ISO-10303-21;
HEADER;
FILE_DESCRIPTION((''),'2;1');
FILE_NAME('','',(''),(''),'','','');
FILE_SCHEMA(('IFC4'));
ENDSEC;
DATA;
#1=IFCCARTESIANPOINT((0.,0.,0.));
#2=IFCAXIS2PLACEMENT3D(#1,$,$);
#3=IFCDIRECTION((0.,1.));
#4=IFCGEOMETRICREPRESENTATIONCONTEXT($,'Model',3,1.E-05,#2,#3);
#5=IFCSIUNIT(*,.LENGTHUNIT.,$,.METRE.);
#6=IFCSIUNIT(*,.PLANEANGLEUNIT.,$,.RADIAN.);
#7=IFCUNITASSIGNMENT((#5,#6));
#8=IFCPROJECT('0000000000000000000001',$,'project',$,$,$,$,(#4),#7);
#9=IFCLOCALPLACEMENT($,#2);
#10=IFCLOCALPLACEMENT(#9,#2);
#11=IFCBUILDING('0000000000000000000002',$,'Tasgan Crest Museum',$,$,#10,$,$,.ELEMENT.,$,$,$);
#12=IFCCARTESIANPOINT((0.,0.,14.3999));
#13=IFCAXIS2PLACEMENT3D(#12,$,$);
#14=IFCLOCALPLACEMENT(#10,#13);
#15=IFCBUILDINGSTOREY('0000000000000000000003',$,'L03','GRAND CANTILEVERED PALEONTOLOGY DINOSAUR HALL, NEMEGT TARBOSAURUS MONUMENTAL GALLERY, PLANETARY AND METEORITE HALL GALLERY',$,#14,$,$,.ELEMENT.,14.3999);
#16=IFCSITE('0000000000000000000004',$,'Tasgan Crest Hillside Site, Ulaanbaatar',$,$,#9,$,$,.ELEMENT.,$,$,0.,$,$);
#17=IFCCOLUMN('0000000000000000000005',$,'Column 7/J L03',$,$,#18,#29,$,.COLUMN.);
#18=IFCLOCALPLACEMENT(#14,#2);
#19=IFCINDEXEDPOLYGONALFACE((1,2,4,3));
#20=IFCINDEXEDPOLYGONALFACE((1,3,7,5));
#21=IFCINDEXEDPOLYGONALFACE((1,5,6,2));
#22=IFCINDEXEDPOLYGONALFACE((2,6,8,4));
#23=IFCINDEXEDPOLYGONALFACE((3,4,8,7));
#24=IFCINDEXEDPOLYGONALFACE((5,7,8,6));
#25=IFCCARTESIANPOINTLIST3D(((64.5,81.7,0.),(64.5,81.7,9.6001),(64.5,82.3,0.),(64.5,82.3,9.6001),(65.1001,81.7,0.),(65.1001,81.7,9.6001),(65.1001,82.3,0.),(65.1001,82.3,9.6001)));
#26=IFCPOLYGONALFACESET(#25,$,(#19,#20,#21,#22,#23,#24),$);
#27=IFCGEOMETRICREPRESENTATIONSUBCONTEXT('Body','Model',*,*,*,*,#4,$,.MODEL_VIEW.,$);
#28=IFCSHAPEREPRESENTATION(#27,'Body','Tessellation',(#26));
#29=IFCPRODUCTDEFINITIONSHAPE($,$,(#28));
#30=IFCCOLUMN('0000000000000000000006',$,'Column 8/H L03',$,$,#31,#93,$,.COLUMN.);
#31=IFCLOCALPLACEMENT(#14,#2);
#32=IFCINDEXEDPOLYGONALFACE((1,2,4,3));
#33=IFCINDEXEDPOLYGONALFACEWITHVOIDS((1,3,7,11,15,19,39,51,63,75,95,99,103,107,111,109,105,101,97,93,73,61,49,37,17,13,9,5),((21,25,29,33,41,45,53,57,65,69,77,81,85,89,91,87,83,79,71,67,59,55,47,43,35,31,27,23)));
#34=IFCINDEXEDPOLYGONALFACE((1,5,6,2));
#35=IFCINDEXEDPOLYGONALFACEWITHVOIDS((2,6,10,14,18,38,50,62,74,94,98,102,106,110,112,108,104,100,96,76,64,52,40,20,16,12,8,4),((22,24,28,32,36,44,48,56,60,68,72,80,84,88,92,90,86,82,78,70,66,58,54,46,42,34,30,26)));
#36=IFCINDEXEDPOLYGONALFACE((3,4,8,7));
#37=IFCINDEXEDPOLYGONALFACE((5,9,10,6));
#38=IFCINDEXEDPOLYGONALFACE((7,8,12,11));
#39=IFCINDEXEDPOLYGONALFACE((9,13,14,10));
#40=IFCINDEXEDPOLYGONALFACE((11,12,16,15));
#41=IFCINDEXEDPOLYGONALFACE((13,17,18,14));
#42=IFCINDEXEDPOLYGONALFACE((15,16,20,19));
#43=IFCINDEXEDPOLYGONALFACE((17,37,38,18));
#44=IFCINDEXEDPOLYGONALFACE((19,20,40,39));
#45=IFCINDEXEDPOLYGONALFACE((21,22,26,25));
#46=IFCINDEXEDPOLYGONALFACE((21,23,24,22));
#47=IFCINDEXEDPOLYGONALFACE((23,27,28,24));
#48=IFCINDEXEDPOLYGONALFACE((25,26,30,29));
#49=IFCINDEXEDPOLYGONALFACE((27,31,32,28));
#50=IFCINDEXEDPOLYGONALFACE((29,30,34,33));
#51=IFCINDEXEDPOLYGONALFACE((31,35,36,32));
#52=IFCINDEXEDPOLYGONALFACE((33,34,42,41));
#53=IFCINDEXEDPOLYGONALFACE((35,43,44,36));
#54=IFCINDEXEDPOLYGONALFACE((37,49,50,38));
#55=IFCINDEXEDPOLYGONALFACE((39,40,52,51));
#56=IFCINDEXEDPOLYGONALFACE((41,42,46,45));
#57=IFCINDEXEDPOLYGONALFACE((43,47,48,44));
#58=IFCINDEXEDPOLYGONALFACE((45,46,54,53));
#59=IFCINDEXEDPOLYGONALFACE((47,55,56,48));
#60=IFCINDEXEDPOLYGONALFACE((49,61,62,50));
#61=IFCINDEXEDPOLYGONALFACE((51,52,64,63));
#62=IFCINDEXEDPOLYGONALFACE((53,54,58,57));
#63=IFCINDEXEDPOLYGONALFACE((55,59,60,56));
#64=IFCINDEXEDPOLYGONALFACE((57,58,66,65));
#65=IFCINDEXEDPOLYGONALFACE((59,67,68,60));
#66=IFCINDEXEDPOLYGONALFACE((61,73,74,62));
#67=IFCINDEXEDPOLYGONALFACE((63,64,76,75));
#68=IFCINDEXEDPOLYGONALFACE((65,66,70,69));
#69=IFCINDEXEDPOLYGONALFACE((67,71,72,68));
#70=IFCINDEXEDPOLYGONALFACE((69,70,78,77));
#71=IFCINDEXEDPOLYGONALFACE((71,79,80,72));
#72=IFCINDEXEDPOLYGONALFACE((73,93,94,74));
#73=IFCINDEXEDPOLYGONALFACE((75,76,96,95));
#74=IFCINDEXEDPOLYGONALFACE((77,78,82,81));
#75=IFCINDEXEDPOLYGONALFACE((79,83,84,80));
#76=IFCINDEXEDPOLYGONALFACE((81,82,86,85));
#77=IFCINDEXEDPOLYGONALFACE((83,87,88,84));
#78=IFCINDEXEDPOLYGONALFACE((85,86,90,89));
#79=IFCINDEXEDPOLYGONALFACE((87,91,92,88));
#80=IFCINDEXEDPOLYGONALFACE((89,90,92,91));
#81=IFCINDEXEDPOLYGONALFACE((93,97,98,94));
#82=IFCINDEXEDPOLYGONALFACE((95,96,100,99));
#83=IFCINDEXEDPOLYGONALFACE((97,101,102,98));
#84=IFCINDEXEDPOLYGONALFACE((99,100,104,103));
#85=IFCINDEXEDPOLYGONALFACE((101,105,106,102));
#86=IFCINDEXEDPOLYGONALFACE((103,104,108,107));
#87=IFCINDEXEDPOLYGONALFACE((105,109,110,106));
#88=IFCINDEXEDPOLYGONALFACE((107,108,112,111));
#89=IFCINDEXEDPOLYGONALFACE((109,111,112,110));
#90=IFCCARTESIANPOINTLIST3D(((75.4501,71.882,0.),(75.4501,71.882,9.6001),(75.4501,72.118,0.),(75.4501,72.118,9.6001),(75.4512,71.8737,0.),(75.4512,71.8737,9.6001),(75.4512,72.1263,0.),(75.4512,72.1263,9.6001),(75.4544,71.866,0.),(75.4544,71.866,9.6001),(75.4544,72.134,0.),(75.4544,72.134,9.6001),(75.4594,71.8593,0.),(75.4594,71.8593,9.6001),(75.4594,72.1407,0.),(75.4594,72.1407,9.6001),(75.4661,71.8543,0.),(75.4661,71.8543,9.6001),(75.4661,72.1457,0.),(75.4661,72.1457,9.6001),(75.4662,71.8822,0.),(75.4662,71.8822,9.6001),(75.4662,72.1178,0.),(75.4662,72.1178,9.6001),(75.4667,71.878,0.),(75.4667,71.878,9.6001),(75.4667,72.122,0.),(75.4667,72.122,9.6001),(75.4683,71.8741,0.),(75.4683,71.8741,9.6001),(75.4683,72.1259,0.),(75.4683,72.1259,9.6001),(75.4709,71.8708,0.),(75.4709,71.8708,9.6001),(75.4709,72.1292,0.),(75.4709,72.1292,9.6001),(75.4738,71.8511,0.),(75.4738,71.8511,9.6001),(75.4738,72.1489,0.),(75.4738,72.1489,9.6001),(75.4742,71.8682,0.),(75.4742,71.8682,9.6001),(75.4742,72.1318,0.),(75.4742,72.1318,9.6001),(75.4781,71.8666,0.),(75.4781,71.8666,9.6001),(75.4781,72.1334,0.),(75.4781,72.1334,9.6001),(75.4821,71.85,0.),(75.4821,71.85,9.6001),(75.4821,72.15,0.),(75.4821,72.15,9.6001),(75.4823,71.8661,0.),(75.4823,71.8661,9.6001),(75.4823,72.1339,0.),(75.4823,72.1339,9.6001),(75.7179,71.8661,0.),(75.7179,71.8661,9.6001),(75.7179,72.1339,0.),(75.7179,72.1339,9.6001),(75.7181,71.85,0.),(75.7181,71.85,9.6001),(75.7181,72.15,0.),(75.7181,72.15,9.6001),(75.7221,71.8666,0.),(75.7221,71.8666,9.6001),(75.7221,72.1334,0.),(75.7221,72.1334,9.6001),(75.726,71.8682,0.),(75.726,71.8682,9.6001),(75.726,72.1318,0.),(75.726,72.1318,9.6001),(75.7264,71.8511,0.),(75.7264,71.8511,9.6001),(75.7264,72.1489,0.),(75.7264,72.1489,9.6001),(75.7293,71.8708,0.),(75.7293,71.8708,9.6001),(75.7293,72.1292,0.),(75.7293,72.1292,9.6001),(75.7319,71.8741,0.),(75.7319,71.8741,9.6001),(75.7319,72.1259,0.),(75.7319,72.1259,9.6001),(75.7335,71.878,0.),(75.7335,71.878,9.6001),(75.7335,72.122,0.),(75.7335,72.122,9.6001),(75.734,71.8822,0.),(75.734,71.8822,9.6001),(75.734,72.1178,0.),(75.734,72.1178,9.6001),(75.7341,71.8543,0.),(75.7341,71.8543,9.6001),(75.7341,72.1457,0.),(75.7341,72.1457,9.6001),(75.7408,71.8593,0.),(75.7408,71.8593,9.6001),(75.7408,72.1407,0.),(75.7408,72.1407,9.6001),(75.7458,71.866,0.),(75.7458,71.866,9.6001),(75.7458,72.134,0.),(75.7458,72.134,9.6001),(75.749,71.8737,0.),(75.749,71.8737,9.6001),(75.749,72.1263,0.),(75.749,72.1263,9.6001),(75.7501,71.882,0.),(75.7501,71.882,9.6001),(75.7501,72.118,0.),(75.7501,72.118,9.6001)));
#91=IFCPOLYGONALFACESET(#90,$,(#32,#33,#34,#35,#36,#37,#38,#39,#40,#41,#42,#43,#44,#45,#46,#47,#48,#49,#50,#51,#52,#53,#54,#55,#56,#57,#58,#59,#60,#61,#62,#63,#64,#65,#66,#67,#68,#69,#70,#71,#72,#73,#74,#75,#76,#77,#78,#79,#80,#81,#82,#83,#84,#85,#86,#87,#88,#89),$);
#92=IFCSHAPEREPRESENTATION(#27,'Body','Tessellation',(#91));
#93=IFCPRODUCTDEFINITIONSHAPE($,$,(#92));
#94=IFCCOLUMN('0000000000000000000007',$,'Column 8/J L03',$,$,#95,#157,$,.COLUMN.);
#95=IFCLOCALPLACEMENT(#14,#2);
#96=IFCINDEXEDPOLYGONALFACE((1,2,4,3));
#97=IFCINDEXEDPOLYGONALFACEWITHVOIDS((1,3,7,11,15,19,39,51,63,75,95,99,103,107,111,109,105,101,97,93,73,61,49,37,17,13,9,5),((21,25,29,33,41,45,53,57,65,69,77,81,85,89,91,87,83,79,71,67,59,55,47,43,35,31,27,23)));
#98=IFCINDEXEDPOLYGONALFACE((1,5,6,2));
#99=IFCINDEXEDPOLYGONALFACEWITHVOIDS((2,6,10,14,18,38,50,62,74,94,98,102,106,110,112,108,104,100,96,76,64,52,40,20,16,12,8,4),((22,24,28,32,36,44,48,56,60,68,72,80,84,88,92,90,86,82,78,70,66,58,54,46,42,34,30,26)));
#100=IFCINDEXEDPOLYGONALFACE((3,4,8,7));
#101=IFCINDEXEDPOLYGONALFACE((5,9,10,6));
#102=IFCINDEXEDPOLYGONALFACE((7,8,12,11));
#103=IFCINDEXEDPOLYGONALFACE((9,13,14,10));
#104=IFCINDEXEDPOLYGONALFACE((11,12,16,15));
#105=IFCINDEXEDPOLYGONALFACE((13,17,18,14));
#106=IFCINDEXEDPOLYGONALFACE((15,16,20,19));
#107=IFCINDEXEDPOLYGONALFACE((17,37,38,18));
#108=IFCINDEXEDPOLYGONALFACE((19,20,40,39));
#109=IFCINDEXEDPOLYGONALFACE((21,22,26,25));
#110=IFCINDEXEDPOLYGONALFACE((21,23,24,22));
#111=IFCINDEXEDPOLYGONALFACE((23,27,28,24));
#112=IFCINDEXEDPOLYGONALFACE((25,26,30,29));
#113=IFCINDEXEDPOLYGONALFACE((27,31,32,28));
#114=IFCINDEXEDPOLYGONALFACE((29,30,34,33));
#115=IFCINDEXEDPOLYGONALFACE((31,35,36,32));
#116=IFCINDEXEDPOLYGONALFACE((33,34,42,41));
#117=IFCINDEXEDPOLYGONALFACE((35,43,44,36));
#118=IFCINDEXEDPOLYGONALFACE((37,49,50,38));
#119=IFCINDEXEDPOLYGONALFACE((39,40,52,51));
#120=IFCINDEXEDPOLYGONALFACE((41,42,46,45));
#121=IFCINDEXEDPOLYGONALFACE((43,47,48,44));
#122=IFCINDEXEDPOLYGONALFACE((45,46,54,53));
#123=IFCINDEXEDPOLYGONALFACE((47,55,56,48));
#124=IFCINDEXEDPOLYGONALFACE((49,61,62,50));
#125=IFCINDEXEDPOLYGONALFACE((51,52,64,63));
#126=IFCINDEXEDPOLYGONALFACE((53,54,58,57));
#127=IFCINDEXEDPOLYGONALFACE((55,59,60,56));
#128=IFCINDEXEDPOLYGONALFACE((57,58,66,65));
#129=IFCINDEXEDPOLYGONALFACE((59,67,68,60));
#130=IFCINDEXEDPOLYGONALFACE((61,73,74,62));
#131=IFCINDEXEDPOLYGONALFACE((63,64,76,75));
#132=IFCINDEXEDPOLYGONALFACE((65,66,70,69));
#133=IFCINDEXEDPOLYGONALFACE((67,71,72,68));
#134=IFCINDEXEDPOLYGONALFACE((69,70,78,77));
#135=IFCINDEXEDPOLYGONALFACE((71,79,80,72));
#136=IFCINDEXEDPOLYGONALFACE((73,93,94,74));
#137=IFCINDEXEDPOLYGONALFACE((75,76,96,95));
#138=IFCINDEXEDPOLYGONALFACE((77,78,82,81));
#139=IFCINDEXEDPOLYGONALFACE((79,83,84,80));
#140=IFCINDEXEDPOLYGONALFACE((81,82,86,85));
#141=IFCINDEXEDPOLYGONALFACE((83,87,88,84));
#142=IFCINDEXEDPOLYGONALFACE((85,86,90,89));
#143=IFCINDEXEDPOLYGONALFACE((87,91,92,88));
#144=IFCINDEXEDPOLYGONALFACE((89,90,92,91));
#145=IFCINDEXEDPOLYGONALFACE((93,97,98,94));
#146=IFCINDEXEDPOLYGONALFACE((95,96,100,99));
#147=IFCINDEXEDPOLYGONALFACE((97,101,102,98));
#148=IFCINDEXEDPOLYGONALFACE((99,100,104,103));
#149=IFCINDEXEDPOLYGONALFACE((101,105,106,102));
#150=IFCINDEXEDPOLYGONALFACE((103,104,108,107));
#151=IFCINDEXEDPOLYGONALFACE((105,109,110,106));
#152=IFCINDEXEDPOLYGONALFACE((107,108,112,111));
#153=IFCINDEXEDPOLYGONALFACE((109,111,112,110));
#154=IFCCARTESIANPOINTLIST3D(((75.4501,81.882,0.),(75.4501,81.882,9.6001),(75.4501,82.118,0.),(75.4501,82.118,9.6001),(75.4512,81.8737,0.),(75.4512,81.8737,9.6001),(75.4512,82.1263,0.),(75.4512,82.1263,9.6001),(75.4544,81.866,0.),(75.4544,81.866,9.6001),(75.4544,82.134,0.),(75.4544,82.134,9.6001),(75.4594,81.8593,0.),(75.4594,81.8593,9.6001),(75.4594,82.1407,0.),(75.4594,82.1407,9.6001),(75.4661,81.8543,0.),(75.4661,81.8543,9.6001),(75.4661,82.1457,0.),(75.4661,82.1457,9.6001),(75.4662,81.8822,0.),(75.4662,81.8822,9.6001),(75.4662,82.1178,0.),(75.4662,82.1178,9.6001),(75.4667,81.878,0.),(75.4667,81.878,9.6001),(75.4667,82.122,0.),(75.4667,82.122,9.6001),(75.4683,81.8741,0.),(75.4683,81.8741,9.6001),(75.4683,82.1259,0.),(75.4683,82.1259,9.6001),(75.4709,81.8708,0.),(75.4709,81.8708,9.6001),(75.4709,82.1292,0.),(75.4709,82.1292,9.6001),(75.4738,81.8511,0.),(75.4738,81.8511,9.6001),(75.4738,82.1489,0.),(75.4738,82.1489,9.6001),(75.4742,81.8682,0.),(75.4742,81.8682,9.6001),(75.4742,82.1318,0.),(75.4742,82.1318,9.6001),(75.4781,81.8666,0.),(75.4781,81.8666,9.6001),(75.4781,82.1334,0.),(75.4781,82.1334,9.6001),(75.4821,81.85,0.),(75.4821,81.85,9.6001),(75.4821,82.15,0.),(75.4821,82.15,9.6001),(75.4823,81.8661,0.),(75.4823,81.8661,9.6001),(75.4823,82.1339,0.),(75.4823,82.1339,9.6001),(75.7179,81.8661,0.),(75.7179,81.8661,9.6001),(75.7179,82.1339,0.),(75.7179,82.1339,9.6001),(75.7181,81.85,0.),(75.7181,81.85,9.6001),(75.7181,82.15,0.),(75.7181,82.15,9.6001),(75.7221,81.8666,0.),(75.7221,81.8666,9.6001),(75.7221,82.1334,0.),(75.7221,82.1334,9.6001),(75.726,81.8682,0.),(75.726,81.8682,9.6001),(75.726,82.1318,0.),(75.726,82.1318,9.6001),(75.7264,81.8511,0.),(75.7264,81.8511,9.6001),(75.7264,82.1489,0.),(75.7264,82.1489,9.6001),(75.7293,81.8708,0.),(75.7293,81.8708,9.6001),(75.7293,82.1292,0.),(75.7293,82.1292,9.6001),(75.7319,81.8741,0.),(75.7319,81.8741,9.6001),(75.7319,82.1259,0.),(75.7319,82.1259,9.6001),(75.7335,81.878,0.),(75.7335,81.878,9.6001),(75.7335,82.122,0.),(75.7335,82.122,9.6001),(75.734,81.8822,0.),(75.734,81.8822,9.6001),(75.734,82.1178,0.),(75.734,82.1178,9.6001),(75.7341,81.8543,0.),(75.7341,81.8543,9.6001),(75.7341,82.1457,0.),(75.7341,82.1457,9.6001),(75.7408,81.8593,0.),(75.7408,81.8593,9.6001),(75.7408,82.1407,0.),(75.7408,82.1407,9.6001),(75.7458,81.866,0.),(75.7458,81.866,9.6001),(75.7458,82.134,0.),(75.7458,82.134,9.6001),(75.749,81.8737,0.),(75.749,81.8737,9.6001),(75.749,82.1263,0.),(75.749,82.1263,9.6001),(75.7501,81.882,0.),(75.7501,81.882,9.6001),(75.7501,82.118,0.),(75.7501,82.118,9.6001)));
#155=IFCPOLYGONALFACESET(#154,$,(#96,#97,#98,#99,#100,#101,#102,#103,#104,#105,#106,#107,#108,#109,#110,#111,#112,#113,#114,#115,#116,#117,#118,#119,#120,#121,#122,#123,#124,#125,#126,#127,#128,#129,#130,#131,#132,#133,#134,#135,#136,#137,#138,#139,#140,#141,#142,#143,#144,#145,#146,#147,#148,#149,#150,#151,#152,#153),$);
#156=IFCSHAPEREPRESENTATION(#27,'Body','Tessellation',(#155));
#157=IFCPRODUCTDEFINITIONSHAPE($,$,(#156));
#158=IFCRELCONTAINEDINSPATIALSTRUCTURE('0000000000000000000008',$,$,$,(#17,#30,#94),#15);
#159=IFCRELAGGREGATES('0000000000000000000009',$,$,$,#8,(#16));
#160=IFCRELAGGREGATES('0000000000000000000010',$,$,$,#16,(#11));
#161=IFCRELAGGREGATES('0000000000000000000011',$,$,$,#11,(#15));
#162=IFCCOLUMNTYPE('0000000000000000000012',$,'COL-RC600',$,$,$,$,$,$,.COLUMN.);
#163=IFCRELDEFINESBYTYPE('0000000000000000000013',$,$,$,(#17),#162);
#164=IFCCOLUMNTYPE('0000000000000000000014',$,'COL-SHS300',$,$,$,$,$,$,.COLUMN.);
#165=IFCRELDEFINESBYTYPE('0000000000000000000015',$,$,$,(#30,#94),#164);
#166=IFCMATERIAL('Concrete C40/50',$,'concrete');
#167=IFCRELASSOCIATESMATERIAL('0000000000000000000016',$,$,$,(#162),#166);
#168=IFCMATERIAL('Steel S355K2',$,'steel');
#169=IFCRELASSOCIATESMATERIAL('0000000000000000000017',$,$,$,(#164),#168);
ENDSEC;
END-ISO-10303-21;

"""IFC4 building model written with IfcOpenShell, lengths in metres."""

from ifc_helpers import new_model, si_unit, direction, frame, origin, origin_2d, place, context, subcontext, project, spatial, rectangle, hollow_rectangle, extrude, material, material_profile, profile_set, type_object, element, save


model = new_model("IFC4")

# Units and contexts
model_context = context("Model", 3, precision=1e-05, world=origin(), true_north=direction((0.0, 1.0)))
body_context = subcontext(model_context, "Body", "Model", "MODEL_VIEW")
ifc_project = project(units=[si_unit("LENGTHUNIT", "METRE"), si_unit("PLANEANGLEUNIT", "RADIAN")], contexts=[model_context])

# Site, building, storey
site_placement = place(None, origin())
site = spatial("IfcSite", under=ifc_project, at=site_placement, Name="Tasgan Crest Hillside Site, Ulaanbaatar", CompositionType="ELEMENT", RefElevation=0.0)
building_placement = place(site_placement, origin())
building = spatial("IfcBuilding", under=site, at=building_placement, Name="Tasgan Crest Museum", CompositionType="ELEMENT")
storey_placement = place(building_placement, frame((0.0, 0.0, 14.3999)))
storey = spatial("IfcBuildingStorey", under=building, at=storey_placement, Name="L03", Description="GRAND CANTILEVERED PALEONTOLOGY DINOSAUR HALL, NEMEGT TARBOSAURUS MONUMENTAL GALLERY, PLANETARY AND METEORITE HALL GALLERY", CompositionType="ELEMENT", Elevation=14.3999)

# Columns
ifc_material_1 = material(Name="Concrete C40/50", Category="concrete")
ifc_material_profile_1 = material_profile(ifc_material_1, rectangle(XDim=0.6001, YDim=0.6001, at=origin_2d()), Name="RC 600x600")
ifc_profile_set_1 = profile_set([ifc_material_profile_1], Name="Concrete C40/50")
column_type_1 = type_object("IfcColumnType", Name="COL-RC600", PredefinedType="COLUMN", material=ifc_profile_set_1)
column_placement = place(storey_placement, frame((64.8, 82.0, 0.0), z_axis=(0.0, 0.0, 1.0), x_axis=(1.0, 0.0, 0.0)))
element("IfcColumn", 1, at=column_placement, inside=storey, type_object=column_type_1, Name="Column 7/J L03", PredefinedType="COLUMN", context=body_context, shape_type="SweptSolid", body=[
    extrude(rectangle(XDim=0.6001, YDim=0.6001, at=origin_2d()), origin(), (0.0, 0.0, 1.0), 9.6001),
])
ifc_material_2 = material(Name="Steel S355K2", Category="steel")
ifc_material_profile_2 = material_profile(ifc_material_2, hollow_rectangle(XDim=0.3, YDim=0.3, WallThickness=0.0161, InnerFilletRadius=0.0161, OuterFilletRadius=0.032, at=origin_2d()), Name="SHS 300x300x16")
ifc_profile_set_2 = profile_set([ifc_material_profile_2], Name="Steel S355K2")
column_type_2 = type_object("IfcColumnType", Name="COL-SHS300", PredefinedType="COLUMN", material=ifc_profile_set_2)
for number, where, z_axis, x_axis, name in (
    (2, (75.6001, 72.0, 0.0), (0.0, 0.0, 1.0), (1.0, 0.0, 0.0), "Column 8/H L03"),
    (3, (75.6001, 82.0, 0.0), (0.0, 0.0, 1.0), (1.0, 0.0, 0.0), "Column 8/J L03"),
):
    element("IfcColumn", number, at=place(storey_placement, frame(where, z_axis=z_axis, x_axis=x_axis)), inside=storey, type_object=column_type_2, Name=name, PredefinedType="COLUMN", context=body_context, shape_type="SweptSolid", body=[
        extrude(hollow_rectangle(XDim=0.3, YDim=0.3, WallThickness=0.0161, InnerFilletRadius=0.0161, OuterFilletRadius=0.032, at=origin_2d()), origin(), (0.0, 0.0, 1.0), 9.6001),
    ])

save(model, "model.ifc")
